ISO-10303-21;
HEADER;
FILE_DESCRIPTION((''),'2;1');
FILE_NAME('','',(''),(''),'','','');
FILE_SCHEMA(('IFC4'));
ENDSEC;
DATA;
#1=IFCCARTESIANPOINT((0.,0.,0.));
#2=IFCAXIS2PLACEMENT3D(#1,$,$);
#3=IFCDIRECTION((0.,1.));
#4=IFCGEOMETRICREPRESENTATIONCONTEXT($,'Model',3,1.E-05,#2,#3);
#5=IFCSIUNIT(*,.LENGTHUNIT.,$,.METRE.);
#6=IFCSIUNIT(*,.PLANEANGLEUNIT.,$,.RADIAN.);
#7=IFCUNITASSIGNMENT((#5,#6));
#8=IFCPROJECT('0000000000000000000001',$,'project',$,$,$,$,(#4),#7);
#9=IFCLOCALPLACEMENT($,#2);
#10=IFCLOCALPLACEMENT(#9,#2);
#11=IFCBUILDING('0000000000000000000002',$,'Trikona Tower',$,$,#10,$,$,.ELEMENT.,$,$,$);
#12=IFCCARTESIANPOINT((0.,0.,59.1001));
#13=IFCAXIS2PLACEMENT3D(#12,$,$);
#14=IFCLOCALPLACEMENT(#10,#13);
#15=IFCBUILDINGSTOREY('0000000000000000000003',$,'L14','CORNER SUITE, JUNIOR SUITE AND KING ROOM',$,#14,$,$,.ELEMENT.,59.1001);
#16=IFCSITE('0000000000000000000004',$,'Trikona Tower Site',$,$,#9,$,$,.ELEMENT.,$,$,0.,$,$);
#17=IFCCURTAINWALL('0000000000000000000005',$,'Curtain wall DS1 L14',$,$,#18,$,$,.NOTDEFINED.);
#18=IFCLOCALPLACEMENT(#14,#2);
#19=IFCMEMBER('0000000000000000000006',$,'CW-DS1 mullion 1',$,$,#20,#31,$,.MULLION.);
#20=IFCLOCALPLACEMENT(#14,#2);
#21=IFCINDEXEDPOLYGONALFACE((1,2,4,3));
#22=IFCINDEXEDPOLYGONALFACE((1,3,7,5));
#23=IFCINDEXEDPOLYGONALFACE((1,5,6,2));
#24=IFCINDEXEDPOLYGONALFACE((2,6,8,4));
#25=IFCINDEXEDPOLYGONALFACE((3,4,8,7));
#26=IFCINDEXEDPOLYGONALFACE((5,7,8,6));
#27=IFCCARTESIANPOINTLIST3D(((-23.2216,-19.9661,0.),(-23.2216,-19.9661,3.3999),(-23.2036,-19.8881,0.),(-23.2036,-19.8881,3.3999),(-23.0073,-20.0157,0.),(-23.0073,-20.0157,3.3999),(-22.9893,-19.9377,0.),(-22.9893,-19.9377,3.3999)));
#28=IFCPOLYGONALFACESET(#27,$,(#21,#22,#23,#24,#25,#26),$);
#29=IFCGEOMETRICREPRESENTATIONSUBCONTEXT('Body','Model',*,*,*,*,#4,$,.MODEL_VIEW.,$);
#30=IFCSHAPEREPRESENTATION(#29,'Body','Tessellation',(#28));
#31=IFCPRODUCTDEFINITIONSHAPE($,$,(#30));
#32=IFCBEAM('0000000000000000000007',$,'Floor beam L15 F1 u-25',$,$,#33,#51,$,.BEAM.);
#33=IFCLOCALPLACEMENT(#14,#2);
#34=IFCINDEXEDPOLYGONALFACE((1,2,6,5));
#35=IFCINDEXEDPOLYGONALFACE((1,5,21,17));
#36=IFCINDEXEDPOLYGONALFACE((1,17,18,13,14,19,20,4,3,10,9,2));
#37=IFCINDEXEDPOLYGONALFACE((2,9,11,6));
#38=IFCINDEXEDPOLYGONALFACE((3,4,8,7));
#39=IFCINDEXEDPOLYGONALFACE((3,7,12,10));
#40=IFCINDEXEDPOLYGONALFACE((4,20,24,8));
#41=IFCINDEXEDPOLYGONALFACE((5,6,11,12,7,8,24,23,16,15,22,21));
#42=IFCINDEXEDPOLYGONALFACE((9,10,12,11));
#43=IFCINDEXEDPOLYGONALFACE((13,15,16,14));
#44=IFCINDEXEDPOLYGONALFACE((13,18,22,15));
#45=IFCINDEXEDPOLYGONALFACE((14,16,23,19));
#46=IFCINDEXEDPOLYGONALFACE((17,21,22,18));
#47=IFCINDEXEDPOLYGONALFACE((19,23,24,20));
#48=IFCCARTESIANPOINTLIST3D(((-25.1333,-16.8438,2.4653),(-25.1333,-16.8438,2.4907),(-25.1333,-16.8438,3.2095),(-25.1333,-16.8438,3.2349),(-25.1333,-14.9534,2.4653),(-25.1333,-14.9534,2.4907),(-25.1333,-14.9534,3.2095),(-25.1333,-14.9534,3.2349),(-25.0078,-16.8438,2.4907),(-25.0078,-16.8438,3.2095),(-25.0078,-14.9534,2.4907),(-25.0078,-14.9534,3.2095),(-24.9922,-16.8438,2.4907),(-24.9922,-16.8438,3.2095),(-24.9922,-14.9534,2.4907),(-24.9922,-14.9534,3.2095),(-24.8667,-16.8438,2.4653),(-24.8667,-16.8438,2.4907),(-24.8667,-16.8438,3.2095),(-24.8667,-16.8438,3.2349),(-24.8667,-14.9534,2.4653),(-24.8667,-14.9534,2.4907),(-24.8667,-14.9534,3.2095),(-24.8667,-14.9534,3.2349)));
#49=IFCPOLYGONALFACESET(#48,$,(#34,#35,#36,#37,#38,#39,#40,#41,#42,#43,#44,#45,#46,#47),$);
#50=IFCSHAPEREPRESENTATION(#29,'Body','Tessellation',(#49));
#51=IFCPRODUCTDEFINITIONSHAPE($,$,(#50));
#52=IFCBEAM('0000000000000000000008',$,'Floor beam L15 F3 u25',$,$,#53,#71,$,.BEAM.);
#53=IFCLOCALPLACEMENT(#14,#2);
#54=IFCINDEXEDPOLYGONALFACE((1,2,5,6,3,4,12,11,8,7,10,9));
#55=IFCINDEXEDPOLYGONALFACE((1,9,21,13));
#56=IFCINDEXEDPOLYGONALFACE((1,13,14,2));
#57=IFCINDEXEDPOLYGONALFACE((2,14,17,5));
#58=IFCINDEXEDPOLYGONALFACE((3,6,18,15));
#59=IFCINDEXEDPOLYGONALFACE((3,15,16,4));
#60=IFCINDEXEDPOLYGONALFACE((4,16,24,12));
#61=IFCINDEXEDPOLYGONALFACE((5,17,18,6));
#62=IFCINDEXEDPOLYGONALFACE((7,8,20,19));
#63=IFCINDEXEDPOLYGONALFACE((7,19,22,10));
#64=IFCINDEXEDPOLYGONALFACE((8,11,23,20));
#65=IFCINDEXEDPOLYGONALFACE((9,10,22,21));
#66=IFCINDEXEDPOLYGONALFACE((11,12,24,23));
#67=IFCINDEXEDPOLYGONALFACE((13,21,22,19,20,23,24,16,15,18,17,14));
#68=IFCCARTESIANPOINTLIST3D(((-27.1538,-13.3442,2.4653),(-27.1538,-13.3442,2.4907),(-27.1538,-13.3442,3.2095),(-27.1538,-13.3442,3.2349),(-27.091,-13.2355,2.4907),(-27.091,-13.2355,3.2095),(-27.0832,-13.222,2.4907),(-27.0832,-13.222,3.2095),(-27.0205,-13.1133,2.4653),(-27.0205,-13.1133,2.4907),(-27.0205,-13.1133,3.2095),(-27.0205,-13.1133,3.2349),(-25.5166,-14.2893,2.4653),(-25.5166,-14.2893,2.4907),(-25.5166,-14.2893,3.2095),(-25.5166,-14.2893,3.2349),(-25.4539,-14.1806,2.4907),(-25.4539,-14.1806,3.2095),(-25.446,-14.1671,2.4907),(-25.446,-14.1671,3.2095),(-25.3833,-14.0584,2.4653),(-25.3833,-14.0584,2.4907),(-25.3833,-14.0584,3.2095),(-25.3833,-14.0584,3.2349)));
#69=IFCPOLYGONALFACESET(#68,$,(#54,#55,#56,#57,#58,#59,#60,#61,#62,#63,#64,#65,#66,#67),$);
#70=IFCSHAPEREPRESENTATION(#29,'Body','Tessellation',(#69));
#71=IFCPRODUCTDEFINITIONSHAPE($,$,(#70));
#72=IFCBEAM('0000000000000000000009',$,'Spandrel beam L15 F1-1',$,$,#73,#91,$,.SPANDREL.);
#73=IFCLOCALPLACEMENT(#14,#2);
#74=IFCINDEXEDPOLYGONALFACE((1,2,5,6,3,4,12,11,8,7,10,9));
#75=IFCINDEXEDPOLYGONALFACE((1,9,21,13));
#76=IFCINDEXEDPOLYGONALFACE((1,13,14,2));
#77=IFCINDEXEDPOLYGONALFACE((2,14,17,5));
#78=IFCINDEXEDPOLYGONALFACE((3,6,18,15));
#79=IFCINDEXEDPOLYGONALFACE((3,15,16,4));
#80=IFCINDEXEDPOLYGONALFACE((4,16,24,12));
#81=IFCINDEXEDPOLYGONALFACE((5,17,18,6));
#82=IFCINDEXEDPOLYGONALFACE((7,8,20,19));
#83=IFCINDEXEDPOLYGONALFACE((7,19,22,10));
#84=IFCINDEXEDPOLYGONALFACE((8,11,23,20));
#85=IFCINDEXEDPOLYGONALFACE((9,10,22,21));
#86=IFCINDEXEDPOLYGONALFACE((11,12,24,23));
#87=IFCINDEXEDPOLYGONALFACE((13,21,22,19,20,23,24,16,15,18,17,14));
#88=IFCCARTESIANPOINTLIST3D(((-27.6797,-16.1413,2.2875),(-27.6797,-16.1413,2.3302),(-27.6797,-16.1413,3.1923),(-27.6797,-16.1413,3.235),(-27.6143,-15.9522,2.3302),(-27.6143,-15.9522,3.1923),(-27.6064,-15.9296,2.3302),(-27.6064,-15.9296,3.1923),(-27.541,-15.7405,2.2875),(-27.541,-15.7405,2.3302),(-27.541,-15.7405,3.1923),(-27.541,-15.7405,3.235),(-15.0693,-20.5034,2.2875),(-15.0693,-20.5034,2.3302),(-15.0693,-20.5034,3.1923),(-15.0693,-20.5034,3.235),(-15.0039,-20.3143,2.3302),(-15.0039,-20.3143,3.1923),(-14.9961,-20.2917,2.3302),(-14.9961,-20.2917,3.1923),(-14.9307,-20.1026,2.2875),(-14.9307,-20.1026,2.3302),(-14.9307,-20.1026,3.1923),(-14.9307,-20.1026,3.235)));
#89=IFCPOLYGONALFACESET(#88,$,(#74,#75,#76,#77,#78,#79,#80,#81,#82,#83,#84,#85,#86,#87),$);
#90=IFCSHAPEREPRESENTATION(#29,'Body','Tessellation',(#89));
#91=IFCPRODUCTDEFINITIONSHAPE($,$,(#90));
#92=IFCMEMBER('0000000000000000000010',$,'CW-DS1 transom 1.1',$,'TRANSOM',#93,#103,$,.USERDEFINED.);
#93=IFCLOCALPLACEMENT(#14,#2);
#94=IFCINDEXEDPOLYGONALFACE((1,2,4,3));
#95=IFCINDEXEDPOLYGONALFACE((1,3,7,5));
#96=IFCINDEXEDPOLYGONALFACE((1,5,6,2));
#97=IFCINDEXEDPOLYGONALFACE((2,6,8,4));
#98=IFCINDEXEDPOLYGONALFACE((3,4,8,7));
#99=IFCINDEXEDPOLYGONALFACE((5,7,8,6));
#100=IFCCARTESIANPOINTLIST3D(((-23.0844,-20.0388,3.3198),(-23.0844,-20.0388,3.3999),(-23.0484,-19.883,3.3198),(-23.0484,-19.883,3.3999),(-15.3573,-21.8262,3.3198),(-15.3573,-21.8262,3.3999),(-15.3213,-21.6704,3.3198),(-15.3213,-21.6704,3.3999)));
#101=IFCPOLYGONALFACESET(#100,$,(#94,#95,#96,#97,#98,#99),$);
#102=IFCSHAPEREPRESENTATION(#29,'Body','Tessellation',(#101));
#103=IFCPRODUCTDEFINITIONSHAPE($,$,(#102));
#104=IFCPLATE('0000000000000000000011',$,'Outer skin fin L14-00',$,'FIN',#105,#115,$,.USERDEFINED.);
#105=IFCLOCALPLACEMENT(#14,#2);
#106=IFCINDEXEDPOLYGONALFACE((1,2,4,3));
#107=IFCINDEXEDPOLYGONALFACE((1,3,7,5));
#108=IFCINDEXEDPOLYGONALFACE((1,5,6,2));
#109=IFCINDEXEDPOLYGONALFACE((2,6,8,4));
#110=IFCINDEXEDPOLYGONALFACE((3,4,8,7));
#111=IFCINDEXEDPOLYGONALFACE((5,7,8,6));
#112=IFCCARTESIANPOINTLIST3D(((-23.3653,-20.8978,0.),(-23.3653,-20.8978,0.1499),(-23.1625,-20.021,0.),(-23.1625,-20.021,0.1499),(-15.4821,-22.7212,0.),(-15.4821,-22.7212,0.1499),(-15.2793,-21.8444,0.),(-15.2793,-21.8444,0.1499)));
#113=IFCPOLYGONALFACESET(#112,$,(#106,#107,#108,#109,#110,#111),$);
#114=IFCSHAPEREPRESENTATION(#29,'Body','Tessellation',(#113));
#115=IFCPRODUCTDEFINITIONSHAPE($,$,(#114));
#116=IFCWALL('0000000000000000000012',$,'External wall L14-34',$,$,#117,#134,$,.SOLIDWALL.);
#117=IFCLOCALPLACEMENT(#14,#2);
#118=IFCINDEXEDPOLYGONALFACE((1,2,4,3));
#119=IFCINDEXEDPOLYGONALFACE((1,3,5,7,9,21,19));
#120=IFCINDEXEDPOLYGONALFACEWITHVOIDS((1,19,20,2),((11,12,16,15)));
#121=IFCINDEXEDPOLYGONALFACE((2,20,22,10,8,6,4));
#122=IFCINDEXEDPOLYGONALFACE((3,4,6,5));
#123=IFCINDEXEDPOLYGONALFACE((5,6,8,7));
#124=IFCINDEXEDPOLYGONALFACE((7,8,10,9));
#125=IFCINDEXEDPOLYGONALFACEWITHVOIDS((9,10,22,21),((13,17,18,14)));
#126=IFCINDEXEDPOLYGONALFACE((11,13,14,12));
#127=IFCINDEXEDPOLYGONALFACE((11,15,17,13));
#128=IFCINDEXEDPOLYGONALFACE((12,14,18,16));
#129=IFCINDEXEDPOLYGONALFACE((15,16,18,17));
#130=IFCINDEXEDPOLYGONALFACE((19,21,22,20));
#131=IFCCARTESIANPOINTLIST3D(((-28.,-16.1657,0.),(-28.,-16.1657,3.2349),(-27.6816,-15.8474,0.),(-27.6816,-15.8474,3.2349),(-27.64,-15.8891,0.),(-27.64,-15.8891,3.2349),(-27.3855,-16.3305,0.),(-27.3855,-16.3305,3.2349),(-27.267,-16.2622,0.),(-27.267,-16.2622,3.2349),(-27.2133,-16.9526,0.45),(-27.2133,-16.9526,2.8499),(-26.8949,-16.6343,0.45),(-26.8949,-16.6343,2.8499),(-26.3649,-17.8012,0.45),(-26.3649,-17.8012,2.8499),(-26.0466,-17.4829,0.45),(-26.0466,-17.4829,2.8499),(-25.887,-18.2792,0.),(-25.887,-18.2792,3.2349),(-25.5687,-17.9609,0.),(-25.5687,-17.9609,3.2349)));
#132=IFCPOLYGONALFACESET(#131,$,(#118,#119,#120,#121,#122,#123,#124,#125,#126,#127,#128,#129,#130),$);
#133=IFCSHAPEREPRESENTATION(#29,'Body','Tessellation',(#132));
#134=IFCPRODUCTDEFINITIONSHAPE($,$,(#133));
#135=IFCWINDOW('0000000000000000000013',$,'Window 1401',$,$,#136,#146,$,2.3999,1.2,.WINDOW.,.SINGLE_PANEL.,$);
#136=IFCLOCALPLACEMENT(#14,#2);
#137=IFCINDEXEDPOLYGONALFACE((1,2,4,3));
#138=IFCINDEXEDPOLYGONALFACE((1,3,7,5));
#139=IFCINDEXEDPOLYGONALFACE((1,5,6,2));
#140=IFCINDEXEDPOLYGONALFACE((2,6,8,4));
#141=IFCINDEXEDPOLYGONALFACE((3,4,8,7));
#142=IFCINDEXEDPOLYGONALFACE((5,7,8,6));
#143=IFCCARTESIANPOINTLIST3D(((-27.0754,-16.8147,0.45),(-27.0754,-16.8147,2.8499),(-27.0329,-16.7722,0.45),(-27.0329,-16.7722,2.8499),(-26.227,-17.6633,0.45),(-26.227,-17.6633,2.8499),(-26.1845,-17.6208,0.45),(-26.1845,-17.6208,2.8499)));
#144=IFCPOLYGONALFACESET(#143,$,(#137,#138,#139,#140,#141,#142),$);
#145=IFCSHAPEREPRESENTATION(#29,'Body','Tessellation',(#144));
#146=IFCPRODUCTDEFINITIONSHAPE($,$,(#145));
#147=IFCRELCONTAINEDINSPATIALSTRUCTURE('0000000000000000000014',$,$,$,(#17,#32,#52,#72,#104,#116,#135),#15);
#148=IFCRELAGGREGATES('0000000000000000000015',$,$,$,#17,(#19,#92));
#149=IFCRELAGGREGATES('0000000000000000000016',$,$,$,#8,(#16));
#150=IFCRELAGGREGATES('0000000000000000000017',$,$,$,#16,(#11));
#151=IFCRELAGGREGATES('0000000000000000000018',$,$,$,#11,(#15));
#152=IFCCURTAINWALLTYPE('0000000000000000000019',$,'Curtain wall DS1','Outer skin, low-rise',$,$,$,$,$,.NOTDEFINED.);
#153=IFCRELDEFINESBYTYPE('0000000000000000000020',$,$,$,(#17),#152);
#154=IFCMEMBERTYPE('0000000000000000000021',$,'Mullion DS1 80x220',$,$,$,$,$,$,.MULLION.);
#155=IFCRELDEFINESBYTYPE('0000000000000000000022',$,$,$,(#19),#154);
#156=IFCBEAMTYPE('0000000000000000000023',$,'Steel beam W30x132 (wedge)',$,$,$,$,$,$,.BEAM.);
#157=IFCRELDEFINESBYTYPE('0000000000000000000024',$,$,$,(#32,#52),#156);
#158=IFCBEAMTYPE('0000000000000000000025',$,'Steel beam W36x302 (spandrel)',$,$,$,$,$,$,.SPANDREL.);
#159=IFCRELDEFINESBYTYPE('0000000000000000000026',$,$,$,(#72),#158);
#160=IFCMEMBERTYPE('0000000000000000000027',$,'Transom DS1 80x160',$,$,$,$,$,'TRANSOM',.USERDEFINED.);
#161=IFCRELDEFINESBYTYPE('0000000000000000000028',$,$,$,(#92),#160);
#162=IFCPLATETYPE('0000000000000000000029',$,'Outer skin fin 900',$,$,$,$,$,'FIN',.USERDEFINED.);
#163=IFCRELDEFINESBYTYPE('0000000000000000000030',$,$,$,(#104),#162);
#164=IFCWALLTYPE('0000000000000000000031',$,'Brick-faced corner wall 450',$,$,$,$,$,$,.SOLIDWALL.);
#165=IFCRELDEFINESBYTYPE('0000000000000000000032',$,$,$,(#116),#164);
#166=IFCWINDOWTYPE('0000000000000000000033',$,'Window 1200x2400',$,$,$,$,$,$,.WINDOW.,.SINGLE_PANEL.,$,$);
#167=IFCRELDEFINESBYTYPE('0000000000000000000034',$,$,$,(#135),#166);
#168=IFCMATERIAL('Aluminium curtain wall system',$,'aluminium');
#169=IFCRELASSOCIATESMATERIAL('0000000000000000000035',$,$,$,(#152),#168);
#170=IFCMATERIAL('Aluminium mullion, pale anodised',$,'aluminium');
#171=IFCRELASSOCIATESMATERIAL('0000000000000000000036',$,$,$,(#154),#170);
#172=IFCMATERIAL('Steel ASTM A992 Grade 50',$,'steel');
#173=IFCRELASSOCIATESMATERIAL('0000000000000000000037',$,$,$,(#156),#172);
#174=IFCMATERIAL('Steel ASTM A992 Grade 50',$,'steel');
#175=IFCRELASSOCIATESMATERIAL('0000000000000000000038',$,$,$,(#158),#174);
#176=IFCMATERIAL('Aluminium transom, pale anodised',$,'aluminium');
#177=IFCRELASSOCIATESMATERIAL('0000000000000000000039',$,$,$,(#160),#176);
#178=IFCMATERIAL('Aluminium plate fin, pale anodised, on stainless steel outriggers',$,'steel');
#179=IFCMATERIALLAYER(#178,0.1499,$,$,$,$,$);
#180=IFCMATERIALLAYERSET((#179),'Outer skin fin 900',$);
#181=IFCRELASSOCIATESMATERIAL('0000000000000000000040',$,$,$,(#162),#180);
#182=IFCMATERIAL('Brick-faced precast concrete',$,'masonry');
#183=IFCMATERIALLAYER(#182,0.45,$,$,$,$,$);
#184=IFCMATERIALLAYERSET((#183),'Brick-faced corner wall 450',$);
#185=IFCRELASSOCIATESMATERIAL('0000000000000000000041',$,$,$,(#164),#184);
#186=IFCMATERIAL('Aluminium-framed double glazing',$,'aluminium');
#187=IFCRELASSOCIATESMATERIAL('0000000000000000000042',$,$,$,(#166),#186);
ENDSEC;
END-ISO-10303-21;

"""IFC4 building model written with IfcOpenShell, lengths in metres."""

from ifc_helpers import new_model, si_unit, direction, frame, frame_2d, origin, origin_2d, place, context, subcontext, project, spatial, polyline, rectangle, i_section, outline, extrude, material, layer, layer_set, material_profile, profile_set, type_object, element, fill, aggregate, save


model = new_model("IFC4")

# Units and contexts
model_context = context("Model", 3, precision=1e-05, world=origin(), true_north=direction((0.0, 1.0)))
body_context = subcontext(model_context, "Body", "Model", "MODEL_VIEW")
ifc_project = project(units=[si_unit("LENGTHUNIT", "METRE"), si_unit("PLANEANGLEUNIT", "RADIAN")], contexts=[model_context])

# Site, building, storey
site_placement = place(None, origin())
site = spatial("IfcSite", under=ifc_project, at=site_placement, Name="Trikona Tower Site", CompositionType="ELEMENT", RefElevation=0.0)
building_placement = place(site_placement, origin())
building = spatial("IfcBuilding", under=site, at=building_placement, Name="Trikona Tower", CompositionType="ELEMENT")
storey_placement = place(building_placement, frame((0.0, 0.0, 59.1001)))
storey = spatial("IfcBuildingStorey", under=building, at=storey_placement, Name="L14", Description="CORNER SUITE, JUNIOR SUITE AND KING ROOM", CompositionType="ELEMENT", Elevation=59.1001)

# Curtain wall, member
ifc_material_1 = material(Name="Aluminium curtain wall system", Category="aluminium")
curtain_wall_type = type_object("IfcCurtainWallType", Name="Curtain wall DS1", Description="Outer skin, low-rise", PredefinedType="NOTDEFINED", material=ifc_material_1)
curtain_wall_placement = place(storey_placement, origin())
curtain_wall = element("IfcCurtainWall", 1, at=curtain_wall_placement, inside=storey, type_object=curtain_wall_type, Name="Curtain wall DS1 L14", PredefinedType="NOTDEFINED")
ifc_material_2 = material(Name="Aluminium mullion, pale anodised", Category="aluminium")
ifc_material_profile_1 = material_profile(ifc_material_2, rectangle(XDim=0.0801, YDim=0.22, at=origin_2d()), Name="MUL-DS1")
ifc_profile_set_1 = profile_set([ifc_material_profile_1], Name="Aluminium mullion, pale anodised")
member_type_1 = type_object("IfcMemberType", Name="Mullion DS1 80x220", PredefinedType="MULLION", material=ifc_profile_set_1)
member_1_placement = place(storey_placement, frame((-23.1055, -19.9519, 0.0), z_axis=(0.0, 0.0, 1.0), x_axis=(0.225343, 0.974279, 0.0)))
member_1 = element("IfcMember", 2, at=member_1_placement, type_object=member_type_1, Name="CW-DS1 mullion 1", PredefinedType="MULLION", context=body_context, shape_type="SweptSolid", body=[
    extrude(rectangle(XDim=0.0801, YDim=0.22, at=origin_2d()), origin(), (0.0, 0.0, 1.0), 3.3999),
])

# Beams
ifc_material_3 = material(Name="Steel ASTM A992 Grade 50", Category="steel")
ifc_material_profile_2 = material_profile(ifc_material_3, i_section(OverallWidth=0.2666, OverallDepth=0.7695, WebThickness=0.0156, FlangeThickness=0.0254, at=origin_2d()), Name="W30X132")
ifc_profile_set_2 = profile_set([ifc_material_profile_2], Name="Steel ASTM A992 Grade 50")
beam_type_1 = type_object("IfcBeamType", Name="Steel beam W30x132 (wedge)", PredefinedType="BEAM", material=ifc_profile_set_2)
for number, where, z_axis, x_axis, name in (
    (3, (-25.0, -14.9534, 2.8501), (0.0, -1.0, 0.0), (1.0, 0.0, 0.0), "Floor beam L15 F1 u-25"),
    (4, (-25.45, -14.1738, 2.8501), (-0.866065, 0.499931, 0.0), (-0.499931, -0.866065, 0.0), "Floor beam L15 F3 u25"),
):
    element("IfcBeam", number, at=place(storey_placement, frame(where, z_axis=z_axis, x_axis=x_axis)), inside=storey, type_object=beam_type_1, Name=name, PredefinedType="BEAM", context=body_context, shape_type="SweptSolid", body=[
        extrude(i_section(OverallWidth=0.2666, OverallDepth=0.7695, WebThickness=0.0156, FlangeThickness=0.0254, at=origin_2d()), origin(), (0.0, 0.0, 1.0), 1.8904),
    ])
ifc_material_4 = material(Name="Steel ASTM A992 Grade 50", Category="steel")
ifc_material_profile_3 = material_profile(ifc_material_4, i_section(OverallWidth=0.4241, OverallDepth=0.9475, WebThickness=0.0239, FlangeThickness=0.0427, at=origin_2d()), Name="W36X302")
ifc_profile_set_3 = profile_set([ifc_material_profile_3], Name="Steel ASTM A992 Grade 50")
beam_type_2 = type_object("IfcBeamType", Name="Steel beam W36x302 (spandrel)", PredefinedType="SPANDREL", material=ifc_profile_set_3)
beam_placement = place(storey_placement, frame((-27.6104, -15.9409, 2.7612), z_axis=(0.945057, -0.326906, 0.0), x_axis=(0.326906, 0.945057, 0.0)))
element("IfcBeam", 5, at=beam_placement, inside=storey, type_object=beam_type_2, Name="Spandrel beam L15 F1-1", PredefinedType="SPANDREL", context=body_context, shape_type="SweptSolid", body=[
    extrude(i_section(OverallWidth=0.4241, OverallDepth=0.9475, WebThickness=0.0239, FlangeThickness=0.0427, at=origin_2d()), origin(), (0.0, 0.0, 1.0), 13.3435),
])

# Member
ifc_material_5 = material(Name="Aluminium transom, pale anodised", Category="aluminium")
ifc_material_profile_4 = material_profile(ifc_material_5, rectangle(XDim=0.1599, YDim=0.0801, at=origin_2d()), Name="TRN-DS1")
ifc_profile_set_4 = profile_set([ifc_material_profile_4], Name="Aluminium transom, pale anodised")
member_type_2 = type_object("IfcMemberType", Name="Transom DS1 80x160", ElementType="TRANSOM", PredefinedType="USERDEFINED", material=ifc_profile_set_4)
member_2_placement = place(storey_placement, frame((-23.0664, -19.9609, 3.3599), z_axis=(0.974275, -0.225361, 0.0), x_axis=(0.225361, 0.974275, 0.0)))
member_2 = element("IfcMember", 6, at=member_2_placement, type_object=member_type_2, Name="CW-DS1 transom 1.1", ObjectType="TRANSOM", PredefinedType="USERDEFINED", context=body_context, shape_type="SweptSolid", body=[
    extrude(rectangle(XDim=0.1599, YDim=0.0801, at=origin_2d()), origin(), (0.0, 0.0, 1.0), 7.9312),
])
aggregate(curtain_wall, [member_1, member_2])

# Plate
ifc_material_6 = material(Name="Aluminium plate fin, pale anodised, on stainless steel outriggers", Category="steel")
ifc_layer_1 = layer(ifc_material_6, 0.1499)
ifc_layer_set_1 = layer_set([ifc_layer_1], Name="Outer skin fin 900")
plate_type = type_object("IfcPlateType", Name="Outer skin fin 900", ElementType="FIN", PredefinedType="USERDEFINED", material=ifc_layer_set_1)
plate_placement = place(storey_placement, frame((-19.3223, -21.3711, 0.0), z_axis=(0.0, 0.0, 1.0), x_axis=(0.974278, -0.225351, 0.0)))
element("IfcPlate", 7, at=plate_placement, inside=storey, type_object=plate_type, Name="Outer skin fin L14-00", ObjectType="FIN", PredefinedType="USERDEFINED", context=body_context, shape_type="SweptSolid", body=[
    extrude(rectangle(XDim=8.0913, YDim=0.8999, at=origin_2d()), origin(), (0.0, 0.0, 1.0), 0.1499),
])

# Wall, opening, window
ifc_material_7 = material(Name="Brick-faced precast concrete", Category="masonry")
ifc_layer_2 = layer(ifc_material_7, 0.45)
ifc_layer_set_2 = layer_set([ifc_layer_2], Name="Brick-faced corner wall 450")
wall_type_1 = type_object("IfcWallType", Name="Brick-faced corner wall 450", PredefinedType="SOLIDWALL", material=ifc_layer_set_2)
wall_1_placement = place(storey_placement, frame((-27.8408, -16.0066, 0.0), z_axis=(0.0, 0.0, 1.0), x_axis=(0.707025, -0.707188, 0.0)))
wall_1 = element("IfcWall", 8, at=wall_1_placement, inside=storey, type_object=wall_type_1, Name="External wall L14-34", PredefinedType="SOLIDWALL", context=body_context, shape_type="SweptSolid", body=[
    extrude(outline(polyline([(2.9885, 0.2251), (0.5864, 0.2251), (0.551, 0.093), (0.0588, 0.2251), (0.0, 0.2251), (0.0, -0.2251), (2.9885, -0.2251), (2.9885, 0.2251)])), origin(), (0.0, 0.0, 1.0), 3.2349),
])
opening_1_placement = place(wall_1_placement, frame((1.1125, 0.0, 0.45)))
opening_1 = element("IfcOpeningElement", 9, at=opening_1_placement, cuts=wall_1, PredefinedType="OPENING", context=body_context, shape_type="SweptSolid", body=[
    extrude(rectangle(XDim=1.2, YDim=2.3999, at=frame_2d((0.6001, 1.2))), frame((0.0, 0.2349, 0.0), z_axis=(0.0, -1.0, 0.0), x_axis=(1.0, 0.0, 0.0)), (0.0, 0.0, 1.0), 0.47),
])
ifc_material_8 = material(Name="Aluminium-framed double glazing", Category="aluminium")
window_type_1 = type_object("IfcWindowType", Name="Window 1200x2400", PartitioningType="SINGLE_PANEL", PredefinedType="WINDOW", material=ifc_material_8)
window_1_placement = place(opening_1_placement, origin())
window_1 = element("IfcWindow", 10, at=window_1_placement, inside=storey, type_object=window_type_1, Name="Window 1401", OverallHeight=2.3999, OverallWidth=1.2, PartitioningType="SINGLE_PANEL", PredefinedType="WINDOW", context=body_context, shape_type="SweptSolid", body=[
    extrude(rectangle(XDim=1.2, YDim=2.3999, at=frame_2d((0.6001, 1.2))), frame((0.0, 0.03, 0.0), z_axis=(0.0, -1.0, 0.0), x_axis=(1.0, 0.0, 0.0)), (0.0, 0.0, 1.0), 0.0601),
])
fill(opening_1, window_1)

save(model, "model.ifc")
